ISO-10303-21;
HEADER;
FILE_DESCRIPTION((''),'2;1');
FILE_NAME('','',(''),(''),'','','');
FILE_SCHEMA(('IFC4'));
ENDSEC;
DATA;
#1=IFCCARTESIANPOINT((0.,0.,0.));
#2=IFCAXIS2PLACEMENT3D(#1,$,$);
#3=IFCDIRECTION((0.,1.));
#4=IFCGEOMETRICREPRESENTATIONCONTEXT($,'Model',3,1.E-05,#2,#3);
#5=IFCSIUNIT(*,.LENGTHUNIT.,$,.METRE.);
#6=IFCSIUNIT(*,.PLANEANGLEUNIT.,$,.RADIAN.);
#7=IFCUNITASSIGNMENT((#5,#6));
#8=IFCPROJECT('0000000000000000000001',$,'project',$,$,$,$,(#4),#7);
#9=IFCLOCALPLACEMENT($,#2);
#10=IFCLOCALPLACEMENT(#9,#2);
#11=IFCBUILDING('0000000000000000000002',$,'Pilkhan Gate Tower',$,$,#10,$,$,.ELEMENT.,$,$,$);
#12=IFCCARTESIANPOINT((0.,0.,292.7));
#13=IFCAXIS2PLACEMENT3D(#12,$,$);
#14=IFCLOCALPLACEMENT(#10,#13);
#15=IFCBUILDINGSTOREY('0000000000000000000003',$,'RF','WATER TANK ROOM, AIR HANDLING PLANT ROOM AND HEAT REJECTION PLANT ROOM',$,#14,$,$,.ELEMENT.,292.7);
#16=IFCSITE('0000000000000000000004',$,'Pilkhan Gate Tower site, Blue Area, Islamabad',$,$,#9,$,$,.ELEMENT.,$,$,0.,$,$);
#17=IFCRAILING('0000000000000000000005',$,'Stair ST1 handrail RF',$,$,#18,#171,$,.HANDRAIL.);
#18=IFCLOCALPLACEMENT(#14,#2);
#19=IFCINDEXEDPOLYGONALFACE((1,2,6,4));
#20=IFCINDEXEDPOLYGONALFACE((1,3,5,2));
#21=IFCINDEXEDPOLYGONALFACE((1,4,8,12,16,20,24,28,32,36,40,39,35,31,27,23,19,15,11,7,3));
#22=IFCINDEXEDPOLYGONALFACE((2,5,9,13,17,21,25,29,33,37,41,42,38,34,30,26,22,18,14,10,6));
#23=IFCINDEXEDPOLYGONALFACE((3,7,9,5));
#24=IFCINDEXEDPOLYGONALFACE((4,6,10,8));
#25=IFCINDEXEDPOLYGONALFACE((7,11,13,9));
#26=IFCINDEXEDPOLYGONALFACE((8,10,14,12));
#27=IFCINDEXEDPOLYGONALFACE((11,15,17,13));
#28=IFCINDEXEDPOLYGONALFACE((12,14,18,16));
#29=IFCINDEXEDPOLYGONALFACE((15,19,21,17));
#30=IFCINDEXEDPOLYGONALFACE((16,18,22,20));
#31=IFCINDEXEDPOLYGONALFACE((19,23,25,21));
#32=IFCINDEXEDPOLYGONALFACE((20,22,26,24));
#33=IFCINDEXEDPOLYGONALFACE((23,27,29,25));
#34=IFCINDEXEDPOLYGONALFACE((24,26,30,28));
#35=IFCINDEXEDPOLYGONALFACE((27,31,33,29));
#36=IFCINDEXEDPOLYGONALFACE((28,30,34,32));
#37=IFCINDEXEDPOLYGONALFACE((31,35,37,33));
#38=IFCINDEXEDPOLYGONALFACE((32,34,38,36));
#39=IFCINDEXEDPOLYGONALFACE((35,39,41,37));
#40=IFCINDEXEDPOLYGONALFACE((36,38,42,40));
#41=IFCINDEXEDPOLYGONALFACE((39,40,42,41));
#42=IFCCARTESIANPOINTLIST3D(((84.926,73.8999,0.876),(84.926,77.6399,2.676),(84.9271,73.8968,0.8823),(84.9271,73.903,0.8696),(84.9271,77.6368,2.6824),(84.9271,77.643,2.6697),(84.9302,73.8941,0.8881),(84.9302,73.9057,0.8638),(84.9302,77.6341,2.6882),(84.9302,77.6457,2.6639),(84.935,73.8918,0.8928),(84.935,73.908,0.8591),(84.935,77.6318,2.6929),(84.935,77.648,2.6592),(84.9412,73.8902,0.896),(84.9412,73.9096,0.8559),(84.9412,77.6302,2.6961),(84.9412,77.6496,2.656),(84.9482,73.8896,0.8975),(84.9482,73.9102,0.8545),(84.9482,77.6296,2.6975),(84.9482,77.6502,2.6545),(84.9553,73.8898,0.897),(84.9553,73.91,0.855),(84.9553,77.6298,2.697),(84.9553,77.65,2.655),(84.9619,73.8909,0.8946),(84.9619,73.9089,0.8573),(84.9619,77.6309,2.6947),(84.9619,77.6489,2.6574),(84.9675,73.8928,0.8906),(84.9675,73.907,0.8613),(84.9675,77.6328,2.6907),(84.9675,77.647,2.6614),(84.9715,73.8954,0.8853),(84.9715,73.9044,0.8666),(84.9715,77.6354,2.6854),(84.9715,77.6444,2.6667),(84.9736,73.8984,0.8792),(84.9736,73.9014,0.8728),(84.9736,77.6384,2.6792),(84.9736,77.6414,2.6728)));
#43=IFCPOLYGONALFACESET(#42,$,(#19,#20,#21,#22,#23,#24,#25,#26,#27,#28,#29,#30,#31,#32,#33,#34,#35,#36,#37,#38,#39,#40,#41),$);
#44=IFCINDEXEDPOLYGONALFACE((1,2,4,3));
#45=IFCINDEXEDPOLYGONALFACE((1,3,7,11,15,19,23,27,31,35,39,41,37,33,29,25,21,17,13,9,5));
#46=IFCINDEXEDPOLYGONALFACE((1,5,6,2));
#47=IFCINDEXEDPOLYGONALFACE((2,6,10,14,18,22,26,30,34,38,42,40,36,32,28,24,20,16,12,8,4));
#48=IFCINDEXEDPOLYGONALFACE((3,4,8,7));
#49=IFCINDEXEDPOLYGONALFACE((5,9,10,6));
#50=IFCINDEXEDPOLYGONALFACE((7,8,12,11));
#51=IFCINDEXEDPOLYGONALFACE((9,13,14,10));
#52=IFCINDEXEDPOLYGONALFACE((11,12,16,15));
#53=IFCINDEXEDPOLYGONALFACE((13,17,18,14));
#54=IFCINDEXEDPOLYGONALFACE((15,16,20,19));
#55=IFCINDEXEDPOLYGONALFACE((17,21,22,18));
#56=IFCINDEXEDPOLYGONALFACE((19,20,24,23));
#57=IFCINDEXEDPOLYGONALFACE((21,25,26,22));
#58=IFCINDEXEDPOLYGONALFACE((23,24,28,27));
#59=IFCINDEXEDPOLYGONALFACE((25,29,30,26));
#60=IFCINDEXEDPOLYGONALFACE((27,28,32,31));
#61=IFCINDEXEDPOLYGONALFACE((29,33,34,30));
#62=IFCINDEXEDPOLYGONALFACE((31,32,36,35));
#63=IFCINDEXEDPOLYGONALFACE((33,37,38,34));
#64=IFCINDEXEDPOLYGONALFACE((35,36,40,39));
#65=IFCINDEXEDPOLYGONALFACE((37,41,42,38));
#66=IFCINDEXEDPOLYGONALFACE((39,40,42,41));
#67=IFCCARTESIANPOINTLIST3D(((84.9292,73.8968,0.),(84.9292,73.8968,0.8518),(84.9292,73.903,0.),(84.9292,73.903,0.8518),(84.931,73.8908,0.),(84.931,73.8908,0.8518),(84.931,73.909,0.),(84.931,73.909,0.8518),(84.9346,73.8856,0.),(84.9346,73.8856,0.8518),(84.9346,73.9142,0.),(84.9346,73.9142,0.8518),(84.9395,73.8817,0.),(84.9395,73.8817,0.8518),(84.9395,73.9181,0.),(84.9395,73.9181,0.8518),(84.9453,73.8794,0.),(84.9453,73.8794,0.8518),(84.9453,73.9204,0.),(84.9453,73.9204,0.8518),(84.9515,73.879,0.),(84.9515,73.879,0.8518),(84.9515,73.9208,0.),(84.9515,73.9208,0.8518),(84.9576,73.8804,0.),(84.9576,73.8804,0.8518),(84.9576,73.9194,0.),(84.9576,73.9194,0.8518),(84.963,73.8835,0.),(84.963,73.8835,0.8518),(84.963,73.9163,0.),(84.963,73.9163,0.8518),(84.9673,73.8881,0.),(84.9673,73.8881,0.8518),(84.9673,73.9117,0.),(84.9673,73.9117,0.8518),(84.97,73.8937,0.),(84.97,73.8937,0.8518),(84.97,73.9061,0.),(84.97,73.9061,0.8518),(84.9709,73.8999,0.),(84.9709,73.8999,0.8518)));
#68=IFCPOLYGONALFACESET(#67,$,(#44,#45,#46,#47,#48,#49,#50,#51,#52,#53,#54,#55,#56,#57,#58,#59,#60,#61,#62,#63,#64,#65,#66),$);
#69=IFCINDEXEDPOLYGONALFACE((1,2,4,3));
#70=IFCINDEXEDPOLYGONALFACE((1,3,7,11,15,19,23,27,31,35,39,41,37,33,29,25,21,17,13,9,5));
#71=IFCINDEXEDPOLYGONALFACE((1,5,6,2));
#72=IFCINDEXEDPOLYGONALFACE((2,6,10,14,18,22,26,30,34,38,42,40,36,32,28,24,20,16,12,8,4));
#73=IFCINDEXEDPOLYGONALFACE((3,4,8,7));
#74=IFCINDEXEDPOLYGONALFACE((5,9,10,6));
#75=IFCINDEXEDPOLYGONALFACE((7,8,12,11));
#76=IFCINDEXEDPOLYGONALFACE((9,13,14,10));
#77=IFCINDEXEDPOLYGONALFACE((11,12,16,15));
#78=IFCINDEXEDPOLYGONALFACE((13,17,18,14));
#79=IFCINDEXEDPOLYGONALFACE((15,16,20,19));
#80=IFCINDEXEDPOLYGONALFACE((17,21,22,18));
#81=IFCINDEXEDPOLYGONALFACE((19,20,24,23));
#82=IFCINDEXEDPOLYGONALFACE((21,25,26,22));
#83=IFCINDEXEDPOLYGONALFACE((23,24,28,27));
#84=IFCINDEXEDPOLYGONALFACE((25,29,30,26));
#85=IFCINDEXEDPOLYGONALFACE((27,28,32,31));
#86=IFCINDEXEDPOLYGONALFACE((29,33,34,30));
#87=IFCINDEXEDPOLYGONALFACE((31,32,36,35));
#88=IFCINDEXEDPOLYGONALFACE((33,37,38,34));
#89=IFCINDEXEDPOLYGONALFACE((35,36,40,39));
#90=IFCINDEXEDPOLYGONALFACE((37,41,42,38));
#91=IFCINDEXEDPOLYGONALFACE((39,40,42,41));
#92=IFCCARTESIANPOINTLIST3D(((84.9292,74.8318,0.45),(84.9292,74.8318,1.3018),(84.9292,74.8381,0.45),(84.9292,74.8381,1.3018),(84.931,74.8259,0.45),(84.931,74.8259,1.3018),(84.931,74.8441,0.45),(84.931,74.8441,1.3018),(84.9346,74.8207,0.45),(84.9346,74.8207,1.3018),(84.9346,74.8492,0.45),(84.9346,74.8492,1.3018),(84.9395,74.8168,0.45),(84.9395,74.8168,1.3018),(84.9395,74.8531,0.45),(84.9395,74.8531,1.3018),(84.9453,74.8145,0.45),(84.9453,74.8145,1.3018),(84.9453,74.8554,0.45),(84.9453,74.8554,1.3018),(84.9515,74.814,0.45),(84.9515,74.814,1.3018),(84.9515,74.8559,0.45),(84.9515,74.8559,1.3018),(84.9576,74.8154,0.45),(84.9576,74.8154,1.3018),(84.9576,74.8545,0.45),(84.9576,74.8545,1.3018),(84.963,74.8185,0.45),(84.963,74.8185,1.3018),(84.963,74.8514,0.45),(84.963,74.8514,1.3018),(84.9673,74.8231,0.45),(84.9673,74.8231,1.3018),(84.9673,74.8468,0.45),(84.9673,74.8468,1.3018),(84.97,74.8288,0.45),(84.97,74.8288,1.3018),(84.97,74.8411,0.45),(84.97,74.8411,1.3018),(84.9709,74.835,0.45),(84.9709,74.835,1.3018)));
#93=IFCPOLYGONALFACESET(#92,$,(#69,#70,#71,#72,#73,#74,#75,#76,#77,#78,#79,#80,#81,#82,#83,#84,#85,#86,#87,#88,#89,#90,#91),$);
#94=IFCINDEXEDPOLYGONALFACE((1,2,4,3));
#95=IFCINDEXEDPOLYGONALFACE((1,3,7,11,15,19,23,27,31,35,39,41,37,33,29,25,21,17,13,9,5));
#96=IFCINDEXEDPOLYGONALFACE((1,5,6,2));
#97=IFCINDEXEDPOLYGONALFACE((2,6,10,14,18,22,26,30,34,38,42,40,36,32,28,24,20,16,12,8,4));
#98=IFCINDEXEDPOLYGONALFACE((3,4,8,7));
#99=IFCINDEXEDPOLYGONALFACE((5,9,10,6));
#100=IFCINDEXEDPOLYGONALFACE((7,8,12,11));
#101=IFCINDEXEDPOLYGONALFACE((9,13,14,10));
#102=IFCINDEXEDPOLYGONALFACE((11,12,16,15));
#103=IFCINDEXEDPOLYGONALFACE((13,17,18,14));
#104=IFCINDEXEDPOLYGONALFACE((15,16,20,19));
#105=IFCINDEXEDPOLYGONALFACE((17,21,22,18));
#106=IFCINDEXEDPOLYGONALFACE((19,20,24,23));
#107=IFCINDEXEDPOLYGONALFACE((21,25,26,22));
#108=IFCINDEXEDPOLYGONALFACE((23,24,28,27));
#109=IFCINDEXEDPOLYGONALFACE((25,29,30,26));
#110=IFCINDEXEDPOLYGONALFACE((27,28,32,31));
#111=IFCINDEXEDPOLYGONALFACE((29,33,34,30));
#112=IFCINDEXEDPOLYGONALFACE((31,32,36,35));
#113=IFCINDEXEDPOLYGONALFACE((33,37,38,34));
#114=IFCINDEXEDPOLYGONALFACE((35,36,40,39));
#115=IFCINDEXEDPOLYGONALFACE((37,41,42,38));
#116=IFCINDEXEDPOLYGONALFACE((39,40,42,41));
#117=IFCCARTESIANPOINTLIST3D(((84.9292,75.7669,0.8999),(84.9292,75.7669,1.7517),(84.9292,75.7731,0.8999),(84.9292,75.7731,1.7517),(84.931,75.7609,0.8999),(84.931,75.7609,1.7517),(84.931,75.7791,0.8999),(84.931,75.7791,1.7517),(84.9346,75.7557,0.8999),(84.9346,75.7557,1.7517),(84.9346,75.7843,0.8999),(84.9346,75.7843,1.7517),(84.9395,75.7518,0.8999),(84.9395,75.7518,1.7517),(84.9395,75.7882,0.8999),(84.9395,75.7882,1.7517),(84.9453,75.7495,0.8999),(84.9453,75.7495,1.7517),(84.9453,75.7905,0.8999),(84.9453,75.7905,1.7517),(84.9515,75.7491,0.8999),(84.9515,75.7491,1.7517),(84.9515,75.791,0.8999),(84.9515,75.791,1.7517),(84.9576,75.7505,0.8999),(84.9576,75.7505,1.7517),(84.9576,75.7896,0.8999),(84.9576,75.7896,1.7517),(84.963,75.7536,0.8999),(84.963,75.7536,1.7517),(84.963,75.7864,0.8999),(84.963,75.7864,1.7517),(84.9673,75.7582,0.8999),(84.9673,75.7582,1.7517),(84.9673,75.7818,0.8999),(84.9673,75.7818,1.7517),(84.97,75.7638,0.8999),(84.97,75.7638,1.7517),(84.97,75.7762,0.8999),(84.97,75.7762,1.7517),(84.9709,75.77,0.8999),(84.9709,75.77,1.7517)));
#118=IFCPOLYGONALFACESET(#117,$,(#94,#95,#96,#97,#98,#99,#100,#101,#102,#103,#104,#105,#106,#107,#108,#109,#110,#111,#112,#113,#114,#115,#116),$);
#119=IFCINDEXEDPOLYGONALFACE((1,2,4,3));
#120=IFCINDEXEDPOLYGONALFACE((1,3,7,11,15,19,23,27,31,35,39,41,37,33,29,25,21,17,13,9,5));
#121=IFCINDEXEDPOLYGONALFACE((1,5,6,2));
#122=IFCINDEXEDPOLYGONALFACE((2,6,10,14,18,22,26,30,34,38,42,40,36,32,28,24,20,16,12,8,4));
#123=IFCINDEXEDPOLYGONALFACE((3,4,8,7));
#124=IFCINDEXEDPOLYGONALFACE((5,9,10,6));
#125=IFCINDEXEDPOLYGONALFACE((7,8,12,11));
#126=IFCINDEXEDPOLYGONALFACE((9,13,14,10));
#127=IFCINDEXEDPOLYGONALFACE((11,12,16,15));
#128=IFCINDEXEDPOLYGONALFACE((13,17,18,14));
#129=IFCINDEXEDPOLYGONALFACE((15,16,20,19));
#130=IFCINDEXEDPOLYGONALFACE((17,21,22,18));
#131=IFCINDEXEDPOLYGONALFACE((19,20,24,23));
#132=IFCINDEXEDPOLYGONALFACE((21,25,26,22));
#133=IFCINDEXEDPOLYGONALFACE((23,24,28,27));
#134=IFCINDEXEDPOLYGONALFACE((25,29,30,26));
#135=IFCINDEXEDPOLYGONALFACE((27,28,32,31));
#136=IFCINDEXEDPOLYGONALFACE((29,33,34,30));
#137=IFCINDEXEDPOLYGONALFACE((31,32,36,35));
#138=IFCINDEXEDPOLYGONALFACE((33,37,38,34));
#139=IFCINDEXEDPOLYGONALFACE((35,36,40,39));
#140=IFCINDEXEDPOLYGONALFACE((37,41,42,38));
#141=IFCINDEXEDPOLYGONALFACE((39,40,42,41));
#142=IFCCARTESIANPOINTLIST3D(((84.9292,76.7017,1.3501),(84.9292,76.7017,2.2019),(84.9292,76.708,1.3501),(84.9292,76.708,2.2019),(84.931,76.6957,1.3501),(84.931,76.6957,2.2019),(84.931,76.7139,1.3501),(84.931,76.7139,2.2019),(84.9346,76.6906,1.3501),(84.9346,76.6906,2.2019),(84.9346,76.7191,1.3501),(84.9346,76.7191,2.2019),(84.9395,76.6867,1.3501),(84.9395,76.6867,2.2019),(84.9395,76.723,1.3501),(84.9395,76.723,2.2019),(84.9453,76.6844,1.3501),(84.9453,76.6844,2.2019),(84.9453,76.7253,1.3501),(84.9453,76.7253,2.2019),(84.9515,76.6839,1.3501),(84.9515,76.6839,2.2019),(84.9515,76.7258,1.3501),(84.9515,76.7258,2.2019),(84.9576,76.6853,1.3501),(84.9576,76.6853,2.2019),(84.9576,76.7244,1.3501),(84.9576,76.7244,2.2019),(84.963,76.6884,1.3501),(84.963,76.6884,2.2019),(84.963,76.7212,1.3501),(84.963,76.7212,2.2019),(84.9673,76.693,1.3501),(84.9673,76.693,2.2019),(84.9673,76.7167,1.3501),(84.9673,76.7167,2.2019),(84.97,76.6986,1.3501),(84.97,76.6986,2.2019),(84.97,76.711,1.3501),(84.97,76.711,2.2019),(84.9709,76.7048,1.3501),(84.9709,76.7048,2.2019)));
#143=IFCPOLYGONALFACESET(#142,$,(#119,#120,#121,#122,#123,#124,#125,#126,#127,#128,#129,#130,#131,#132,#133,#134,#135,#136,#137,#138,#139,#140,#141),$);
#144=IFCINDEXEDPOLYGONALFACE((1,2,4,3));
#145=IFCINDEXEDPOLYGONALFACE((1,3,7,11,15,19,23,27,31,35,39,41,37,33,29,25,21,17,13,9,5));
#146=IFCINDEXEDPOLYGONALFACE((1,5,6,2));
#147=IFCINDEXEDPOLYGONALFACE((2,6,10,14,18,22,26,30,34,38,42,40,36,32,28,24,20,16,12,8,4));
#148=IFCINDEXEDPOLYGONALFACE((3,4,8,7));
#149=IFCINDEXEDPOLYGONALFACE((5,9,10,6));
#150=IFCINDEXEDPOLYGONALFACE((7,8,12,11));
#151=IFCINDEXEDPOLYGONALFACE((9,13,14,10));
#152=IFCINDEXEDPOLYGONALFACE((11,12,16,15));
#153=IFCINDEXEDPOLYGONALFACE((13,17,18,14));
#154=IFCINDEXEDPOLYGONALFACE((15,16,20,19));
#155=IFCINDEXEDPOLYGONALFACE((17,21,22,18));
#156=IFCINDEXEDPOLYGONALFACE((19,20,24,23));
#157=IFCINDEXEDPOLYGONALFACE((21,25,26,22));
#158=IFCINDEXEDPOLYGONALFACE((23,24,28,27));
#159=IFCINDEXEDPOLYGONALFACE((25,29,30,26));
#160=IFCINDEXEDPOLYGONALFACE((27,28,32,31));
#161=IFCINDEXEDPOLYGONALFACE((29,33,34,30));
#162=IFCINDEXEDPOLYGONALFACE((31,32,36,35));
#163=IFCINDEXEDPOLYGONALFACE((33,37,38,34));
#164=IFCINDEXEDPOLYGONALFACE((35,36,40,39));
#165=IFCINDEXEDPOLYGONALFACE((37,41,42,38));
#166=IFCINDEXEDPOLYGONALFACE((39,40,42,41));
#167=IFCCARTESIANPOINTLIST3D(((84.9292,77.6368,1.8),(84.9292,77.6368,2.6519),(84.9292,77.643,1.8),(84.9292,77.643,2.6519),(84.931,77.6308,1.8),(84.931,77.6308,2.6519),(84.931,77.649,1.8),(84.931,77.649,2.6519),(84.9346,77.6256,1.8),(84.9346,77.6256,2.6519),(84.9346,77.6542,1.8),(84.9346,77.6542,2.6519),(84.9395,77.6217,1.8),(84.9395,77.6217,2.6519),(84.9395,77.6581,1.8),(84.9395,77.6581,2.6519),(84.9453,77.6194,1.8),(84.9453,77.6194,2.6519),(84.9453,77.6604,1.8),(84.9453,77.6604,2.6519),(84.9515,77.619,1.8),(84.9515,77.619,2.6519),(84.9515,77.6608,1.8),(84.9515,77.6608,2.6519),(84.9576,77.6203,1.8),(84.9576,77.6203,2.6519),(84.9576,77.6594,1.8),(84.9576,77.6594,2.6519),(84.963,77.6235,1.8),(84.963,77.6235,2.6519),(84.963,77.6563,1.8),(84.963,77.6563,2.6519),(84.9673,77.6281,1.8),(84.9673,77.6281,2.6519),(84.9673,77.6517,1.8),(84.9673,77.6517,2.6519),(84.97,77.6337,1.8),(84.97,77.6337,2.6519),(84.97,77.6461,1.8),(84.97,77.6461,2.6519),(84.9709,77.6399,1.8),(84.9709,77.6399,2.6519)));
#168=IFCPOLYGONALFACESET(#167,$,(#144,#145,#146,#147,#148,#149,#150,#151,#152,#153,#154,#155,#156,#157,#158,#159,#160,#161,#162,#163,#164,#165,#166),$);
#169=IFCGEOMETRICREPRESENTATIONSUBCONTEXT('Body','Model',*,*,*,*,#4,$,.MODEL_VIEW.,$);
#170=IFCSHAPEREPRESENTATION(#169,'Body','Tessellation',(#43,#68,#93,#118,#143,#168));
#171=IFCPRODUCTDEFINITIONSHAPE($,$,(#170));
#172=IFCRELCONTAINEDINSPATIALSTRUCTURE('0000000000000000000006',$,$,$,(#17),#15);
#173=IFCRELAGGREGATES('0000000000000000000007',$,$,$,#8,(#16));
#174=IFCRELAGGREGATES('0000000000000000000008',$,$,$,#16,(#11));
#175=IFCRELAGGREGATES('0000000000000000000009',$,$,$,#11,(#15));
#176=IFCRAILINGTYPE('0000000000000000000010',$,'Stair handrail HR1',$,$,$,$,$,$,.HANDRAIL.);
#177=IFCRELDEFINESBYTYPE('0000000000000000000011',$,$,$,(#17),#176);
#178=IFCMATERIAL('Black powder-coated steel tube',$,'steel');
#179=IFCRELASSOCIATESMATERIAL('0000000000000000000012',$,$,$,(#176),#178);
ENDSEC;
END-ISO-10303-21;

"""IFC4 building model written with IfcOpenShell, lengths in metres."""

from ifc_helpers import new_model, si_unit, direction, frame, origin, origin_2d, place, context, subcontext, project, spatial, circle, extrude, material, type_object, element, save


model = new_model("IFC4")

# Units and contexts
model_context = context("Model", 3, precision=1e-05, world=origin(), true_north=direction((0.0, 1.0)))
body_context = subcontext(model_context, "Body", "Model", "MODEL_VIEW")
ifc_project = project(units=[si_unit("LENGTHUNIT", "METRE"), si_unit("PLANEANGLEUNIT", "RADIAN")], contexts=[model_context])

# Site, building, storey
site_placement = place(None, origin())
site = spatial("IfcSite", under=ifc_project, at=site_placement, Name="Pilkhan Gate Tower site, Blue Area, Islamabad", CompositionType="ELEMENT", RefElevation=0.0)
building_placement = place(site_placement, origin())
building = spatial("IfcBuilding", under=site, at=building_placement, Name="Pilkhan Gate Tower", CompositionType="ELEMENT")
storey_placement = place(building_placement, frame((0.0, 0.0, 292.7)))
storey = spatial("IfcBuildingStorey", under=building, at=storey_placement, Name="RF", Description="WATER TANK ROOM, AIR HANDLING PLANT ROOM AND HEAT REJECTION PLANT ROOM", CompositionType="ELEMENT", Elevation=292.7)

# Railing
ifc_material_1 = material(Name="Black powder-coated steel tube", Category="steel")
railing_type_1 = type_object("IfcRailingType", Name="Stair handrail HR1", PredefinedType="HANDRAIL", material=ifc_material_1)
for number, where, name in (
    (1, (84.95, 73.8999, 0.0), "Stair ST1 handrail RF"),
):
    element("IfcRailing", number, at=place(storey_placement, frame(where)), inside=storey, type_object=railing_type_1, Name=name, PredefinedType="HANDRAIL", context=body_context, shape_type="SweptSolid", body=[
        extrude(circle(Radius=0.0239, at=origin_2d()), frame((0.0, 0.0, 0.876), z_axis=(0.0, 0.901066, 0.433681), x_axis=(-1.0, 0.0, 0.0)), (0.0, 0.0, 1.0), 4.1506),
        extrude(circle(Radius=0.021, at=origin_2d()), origin(), (0.0, 0.0, 1.0), 0.8518),
        extrude(circle(Radius=0.021, at=origin_2d()), frame((0.0, 0.9351, 0.45)), (0.0, 0.0, 1.0), 0.8518),
        extrude(circle(Radius=0.021, at=origin_2d()), frame((0.0, 1.8701, 0.8999)), (0.0, 0.0, 1.0), 0.8518),
        extrude(circle(Radius=0.021, at=origin_2d()), frame((0.0, 2.8049, 1.3501)), (0.0, 0.0, 1.0), 0.8518),
        extrude(circle(Radius=0.021, at=origin_2d()), frame((0.0, 3.74, 1.8)), (0.0, 0.0, 1.0), 0.8518),
    ])

save(model, "model.ifc")
